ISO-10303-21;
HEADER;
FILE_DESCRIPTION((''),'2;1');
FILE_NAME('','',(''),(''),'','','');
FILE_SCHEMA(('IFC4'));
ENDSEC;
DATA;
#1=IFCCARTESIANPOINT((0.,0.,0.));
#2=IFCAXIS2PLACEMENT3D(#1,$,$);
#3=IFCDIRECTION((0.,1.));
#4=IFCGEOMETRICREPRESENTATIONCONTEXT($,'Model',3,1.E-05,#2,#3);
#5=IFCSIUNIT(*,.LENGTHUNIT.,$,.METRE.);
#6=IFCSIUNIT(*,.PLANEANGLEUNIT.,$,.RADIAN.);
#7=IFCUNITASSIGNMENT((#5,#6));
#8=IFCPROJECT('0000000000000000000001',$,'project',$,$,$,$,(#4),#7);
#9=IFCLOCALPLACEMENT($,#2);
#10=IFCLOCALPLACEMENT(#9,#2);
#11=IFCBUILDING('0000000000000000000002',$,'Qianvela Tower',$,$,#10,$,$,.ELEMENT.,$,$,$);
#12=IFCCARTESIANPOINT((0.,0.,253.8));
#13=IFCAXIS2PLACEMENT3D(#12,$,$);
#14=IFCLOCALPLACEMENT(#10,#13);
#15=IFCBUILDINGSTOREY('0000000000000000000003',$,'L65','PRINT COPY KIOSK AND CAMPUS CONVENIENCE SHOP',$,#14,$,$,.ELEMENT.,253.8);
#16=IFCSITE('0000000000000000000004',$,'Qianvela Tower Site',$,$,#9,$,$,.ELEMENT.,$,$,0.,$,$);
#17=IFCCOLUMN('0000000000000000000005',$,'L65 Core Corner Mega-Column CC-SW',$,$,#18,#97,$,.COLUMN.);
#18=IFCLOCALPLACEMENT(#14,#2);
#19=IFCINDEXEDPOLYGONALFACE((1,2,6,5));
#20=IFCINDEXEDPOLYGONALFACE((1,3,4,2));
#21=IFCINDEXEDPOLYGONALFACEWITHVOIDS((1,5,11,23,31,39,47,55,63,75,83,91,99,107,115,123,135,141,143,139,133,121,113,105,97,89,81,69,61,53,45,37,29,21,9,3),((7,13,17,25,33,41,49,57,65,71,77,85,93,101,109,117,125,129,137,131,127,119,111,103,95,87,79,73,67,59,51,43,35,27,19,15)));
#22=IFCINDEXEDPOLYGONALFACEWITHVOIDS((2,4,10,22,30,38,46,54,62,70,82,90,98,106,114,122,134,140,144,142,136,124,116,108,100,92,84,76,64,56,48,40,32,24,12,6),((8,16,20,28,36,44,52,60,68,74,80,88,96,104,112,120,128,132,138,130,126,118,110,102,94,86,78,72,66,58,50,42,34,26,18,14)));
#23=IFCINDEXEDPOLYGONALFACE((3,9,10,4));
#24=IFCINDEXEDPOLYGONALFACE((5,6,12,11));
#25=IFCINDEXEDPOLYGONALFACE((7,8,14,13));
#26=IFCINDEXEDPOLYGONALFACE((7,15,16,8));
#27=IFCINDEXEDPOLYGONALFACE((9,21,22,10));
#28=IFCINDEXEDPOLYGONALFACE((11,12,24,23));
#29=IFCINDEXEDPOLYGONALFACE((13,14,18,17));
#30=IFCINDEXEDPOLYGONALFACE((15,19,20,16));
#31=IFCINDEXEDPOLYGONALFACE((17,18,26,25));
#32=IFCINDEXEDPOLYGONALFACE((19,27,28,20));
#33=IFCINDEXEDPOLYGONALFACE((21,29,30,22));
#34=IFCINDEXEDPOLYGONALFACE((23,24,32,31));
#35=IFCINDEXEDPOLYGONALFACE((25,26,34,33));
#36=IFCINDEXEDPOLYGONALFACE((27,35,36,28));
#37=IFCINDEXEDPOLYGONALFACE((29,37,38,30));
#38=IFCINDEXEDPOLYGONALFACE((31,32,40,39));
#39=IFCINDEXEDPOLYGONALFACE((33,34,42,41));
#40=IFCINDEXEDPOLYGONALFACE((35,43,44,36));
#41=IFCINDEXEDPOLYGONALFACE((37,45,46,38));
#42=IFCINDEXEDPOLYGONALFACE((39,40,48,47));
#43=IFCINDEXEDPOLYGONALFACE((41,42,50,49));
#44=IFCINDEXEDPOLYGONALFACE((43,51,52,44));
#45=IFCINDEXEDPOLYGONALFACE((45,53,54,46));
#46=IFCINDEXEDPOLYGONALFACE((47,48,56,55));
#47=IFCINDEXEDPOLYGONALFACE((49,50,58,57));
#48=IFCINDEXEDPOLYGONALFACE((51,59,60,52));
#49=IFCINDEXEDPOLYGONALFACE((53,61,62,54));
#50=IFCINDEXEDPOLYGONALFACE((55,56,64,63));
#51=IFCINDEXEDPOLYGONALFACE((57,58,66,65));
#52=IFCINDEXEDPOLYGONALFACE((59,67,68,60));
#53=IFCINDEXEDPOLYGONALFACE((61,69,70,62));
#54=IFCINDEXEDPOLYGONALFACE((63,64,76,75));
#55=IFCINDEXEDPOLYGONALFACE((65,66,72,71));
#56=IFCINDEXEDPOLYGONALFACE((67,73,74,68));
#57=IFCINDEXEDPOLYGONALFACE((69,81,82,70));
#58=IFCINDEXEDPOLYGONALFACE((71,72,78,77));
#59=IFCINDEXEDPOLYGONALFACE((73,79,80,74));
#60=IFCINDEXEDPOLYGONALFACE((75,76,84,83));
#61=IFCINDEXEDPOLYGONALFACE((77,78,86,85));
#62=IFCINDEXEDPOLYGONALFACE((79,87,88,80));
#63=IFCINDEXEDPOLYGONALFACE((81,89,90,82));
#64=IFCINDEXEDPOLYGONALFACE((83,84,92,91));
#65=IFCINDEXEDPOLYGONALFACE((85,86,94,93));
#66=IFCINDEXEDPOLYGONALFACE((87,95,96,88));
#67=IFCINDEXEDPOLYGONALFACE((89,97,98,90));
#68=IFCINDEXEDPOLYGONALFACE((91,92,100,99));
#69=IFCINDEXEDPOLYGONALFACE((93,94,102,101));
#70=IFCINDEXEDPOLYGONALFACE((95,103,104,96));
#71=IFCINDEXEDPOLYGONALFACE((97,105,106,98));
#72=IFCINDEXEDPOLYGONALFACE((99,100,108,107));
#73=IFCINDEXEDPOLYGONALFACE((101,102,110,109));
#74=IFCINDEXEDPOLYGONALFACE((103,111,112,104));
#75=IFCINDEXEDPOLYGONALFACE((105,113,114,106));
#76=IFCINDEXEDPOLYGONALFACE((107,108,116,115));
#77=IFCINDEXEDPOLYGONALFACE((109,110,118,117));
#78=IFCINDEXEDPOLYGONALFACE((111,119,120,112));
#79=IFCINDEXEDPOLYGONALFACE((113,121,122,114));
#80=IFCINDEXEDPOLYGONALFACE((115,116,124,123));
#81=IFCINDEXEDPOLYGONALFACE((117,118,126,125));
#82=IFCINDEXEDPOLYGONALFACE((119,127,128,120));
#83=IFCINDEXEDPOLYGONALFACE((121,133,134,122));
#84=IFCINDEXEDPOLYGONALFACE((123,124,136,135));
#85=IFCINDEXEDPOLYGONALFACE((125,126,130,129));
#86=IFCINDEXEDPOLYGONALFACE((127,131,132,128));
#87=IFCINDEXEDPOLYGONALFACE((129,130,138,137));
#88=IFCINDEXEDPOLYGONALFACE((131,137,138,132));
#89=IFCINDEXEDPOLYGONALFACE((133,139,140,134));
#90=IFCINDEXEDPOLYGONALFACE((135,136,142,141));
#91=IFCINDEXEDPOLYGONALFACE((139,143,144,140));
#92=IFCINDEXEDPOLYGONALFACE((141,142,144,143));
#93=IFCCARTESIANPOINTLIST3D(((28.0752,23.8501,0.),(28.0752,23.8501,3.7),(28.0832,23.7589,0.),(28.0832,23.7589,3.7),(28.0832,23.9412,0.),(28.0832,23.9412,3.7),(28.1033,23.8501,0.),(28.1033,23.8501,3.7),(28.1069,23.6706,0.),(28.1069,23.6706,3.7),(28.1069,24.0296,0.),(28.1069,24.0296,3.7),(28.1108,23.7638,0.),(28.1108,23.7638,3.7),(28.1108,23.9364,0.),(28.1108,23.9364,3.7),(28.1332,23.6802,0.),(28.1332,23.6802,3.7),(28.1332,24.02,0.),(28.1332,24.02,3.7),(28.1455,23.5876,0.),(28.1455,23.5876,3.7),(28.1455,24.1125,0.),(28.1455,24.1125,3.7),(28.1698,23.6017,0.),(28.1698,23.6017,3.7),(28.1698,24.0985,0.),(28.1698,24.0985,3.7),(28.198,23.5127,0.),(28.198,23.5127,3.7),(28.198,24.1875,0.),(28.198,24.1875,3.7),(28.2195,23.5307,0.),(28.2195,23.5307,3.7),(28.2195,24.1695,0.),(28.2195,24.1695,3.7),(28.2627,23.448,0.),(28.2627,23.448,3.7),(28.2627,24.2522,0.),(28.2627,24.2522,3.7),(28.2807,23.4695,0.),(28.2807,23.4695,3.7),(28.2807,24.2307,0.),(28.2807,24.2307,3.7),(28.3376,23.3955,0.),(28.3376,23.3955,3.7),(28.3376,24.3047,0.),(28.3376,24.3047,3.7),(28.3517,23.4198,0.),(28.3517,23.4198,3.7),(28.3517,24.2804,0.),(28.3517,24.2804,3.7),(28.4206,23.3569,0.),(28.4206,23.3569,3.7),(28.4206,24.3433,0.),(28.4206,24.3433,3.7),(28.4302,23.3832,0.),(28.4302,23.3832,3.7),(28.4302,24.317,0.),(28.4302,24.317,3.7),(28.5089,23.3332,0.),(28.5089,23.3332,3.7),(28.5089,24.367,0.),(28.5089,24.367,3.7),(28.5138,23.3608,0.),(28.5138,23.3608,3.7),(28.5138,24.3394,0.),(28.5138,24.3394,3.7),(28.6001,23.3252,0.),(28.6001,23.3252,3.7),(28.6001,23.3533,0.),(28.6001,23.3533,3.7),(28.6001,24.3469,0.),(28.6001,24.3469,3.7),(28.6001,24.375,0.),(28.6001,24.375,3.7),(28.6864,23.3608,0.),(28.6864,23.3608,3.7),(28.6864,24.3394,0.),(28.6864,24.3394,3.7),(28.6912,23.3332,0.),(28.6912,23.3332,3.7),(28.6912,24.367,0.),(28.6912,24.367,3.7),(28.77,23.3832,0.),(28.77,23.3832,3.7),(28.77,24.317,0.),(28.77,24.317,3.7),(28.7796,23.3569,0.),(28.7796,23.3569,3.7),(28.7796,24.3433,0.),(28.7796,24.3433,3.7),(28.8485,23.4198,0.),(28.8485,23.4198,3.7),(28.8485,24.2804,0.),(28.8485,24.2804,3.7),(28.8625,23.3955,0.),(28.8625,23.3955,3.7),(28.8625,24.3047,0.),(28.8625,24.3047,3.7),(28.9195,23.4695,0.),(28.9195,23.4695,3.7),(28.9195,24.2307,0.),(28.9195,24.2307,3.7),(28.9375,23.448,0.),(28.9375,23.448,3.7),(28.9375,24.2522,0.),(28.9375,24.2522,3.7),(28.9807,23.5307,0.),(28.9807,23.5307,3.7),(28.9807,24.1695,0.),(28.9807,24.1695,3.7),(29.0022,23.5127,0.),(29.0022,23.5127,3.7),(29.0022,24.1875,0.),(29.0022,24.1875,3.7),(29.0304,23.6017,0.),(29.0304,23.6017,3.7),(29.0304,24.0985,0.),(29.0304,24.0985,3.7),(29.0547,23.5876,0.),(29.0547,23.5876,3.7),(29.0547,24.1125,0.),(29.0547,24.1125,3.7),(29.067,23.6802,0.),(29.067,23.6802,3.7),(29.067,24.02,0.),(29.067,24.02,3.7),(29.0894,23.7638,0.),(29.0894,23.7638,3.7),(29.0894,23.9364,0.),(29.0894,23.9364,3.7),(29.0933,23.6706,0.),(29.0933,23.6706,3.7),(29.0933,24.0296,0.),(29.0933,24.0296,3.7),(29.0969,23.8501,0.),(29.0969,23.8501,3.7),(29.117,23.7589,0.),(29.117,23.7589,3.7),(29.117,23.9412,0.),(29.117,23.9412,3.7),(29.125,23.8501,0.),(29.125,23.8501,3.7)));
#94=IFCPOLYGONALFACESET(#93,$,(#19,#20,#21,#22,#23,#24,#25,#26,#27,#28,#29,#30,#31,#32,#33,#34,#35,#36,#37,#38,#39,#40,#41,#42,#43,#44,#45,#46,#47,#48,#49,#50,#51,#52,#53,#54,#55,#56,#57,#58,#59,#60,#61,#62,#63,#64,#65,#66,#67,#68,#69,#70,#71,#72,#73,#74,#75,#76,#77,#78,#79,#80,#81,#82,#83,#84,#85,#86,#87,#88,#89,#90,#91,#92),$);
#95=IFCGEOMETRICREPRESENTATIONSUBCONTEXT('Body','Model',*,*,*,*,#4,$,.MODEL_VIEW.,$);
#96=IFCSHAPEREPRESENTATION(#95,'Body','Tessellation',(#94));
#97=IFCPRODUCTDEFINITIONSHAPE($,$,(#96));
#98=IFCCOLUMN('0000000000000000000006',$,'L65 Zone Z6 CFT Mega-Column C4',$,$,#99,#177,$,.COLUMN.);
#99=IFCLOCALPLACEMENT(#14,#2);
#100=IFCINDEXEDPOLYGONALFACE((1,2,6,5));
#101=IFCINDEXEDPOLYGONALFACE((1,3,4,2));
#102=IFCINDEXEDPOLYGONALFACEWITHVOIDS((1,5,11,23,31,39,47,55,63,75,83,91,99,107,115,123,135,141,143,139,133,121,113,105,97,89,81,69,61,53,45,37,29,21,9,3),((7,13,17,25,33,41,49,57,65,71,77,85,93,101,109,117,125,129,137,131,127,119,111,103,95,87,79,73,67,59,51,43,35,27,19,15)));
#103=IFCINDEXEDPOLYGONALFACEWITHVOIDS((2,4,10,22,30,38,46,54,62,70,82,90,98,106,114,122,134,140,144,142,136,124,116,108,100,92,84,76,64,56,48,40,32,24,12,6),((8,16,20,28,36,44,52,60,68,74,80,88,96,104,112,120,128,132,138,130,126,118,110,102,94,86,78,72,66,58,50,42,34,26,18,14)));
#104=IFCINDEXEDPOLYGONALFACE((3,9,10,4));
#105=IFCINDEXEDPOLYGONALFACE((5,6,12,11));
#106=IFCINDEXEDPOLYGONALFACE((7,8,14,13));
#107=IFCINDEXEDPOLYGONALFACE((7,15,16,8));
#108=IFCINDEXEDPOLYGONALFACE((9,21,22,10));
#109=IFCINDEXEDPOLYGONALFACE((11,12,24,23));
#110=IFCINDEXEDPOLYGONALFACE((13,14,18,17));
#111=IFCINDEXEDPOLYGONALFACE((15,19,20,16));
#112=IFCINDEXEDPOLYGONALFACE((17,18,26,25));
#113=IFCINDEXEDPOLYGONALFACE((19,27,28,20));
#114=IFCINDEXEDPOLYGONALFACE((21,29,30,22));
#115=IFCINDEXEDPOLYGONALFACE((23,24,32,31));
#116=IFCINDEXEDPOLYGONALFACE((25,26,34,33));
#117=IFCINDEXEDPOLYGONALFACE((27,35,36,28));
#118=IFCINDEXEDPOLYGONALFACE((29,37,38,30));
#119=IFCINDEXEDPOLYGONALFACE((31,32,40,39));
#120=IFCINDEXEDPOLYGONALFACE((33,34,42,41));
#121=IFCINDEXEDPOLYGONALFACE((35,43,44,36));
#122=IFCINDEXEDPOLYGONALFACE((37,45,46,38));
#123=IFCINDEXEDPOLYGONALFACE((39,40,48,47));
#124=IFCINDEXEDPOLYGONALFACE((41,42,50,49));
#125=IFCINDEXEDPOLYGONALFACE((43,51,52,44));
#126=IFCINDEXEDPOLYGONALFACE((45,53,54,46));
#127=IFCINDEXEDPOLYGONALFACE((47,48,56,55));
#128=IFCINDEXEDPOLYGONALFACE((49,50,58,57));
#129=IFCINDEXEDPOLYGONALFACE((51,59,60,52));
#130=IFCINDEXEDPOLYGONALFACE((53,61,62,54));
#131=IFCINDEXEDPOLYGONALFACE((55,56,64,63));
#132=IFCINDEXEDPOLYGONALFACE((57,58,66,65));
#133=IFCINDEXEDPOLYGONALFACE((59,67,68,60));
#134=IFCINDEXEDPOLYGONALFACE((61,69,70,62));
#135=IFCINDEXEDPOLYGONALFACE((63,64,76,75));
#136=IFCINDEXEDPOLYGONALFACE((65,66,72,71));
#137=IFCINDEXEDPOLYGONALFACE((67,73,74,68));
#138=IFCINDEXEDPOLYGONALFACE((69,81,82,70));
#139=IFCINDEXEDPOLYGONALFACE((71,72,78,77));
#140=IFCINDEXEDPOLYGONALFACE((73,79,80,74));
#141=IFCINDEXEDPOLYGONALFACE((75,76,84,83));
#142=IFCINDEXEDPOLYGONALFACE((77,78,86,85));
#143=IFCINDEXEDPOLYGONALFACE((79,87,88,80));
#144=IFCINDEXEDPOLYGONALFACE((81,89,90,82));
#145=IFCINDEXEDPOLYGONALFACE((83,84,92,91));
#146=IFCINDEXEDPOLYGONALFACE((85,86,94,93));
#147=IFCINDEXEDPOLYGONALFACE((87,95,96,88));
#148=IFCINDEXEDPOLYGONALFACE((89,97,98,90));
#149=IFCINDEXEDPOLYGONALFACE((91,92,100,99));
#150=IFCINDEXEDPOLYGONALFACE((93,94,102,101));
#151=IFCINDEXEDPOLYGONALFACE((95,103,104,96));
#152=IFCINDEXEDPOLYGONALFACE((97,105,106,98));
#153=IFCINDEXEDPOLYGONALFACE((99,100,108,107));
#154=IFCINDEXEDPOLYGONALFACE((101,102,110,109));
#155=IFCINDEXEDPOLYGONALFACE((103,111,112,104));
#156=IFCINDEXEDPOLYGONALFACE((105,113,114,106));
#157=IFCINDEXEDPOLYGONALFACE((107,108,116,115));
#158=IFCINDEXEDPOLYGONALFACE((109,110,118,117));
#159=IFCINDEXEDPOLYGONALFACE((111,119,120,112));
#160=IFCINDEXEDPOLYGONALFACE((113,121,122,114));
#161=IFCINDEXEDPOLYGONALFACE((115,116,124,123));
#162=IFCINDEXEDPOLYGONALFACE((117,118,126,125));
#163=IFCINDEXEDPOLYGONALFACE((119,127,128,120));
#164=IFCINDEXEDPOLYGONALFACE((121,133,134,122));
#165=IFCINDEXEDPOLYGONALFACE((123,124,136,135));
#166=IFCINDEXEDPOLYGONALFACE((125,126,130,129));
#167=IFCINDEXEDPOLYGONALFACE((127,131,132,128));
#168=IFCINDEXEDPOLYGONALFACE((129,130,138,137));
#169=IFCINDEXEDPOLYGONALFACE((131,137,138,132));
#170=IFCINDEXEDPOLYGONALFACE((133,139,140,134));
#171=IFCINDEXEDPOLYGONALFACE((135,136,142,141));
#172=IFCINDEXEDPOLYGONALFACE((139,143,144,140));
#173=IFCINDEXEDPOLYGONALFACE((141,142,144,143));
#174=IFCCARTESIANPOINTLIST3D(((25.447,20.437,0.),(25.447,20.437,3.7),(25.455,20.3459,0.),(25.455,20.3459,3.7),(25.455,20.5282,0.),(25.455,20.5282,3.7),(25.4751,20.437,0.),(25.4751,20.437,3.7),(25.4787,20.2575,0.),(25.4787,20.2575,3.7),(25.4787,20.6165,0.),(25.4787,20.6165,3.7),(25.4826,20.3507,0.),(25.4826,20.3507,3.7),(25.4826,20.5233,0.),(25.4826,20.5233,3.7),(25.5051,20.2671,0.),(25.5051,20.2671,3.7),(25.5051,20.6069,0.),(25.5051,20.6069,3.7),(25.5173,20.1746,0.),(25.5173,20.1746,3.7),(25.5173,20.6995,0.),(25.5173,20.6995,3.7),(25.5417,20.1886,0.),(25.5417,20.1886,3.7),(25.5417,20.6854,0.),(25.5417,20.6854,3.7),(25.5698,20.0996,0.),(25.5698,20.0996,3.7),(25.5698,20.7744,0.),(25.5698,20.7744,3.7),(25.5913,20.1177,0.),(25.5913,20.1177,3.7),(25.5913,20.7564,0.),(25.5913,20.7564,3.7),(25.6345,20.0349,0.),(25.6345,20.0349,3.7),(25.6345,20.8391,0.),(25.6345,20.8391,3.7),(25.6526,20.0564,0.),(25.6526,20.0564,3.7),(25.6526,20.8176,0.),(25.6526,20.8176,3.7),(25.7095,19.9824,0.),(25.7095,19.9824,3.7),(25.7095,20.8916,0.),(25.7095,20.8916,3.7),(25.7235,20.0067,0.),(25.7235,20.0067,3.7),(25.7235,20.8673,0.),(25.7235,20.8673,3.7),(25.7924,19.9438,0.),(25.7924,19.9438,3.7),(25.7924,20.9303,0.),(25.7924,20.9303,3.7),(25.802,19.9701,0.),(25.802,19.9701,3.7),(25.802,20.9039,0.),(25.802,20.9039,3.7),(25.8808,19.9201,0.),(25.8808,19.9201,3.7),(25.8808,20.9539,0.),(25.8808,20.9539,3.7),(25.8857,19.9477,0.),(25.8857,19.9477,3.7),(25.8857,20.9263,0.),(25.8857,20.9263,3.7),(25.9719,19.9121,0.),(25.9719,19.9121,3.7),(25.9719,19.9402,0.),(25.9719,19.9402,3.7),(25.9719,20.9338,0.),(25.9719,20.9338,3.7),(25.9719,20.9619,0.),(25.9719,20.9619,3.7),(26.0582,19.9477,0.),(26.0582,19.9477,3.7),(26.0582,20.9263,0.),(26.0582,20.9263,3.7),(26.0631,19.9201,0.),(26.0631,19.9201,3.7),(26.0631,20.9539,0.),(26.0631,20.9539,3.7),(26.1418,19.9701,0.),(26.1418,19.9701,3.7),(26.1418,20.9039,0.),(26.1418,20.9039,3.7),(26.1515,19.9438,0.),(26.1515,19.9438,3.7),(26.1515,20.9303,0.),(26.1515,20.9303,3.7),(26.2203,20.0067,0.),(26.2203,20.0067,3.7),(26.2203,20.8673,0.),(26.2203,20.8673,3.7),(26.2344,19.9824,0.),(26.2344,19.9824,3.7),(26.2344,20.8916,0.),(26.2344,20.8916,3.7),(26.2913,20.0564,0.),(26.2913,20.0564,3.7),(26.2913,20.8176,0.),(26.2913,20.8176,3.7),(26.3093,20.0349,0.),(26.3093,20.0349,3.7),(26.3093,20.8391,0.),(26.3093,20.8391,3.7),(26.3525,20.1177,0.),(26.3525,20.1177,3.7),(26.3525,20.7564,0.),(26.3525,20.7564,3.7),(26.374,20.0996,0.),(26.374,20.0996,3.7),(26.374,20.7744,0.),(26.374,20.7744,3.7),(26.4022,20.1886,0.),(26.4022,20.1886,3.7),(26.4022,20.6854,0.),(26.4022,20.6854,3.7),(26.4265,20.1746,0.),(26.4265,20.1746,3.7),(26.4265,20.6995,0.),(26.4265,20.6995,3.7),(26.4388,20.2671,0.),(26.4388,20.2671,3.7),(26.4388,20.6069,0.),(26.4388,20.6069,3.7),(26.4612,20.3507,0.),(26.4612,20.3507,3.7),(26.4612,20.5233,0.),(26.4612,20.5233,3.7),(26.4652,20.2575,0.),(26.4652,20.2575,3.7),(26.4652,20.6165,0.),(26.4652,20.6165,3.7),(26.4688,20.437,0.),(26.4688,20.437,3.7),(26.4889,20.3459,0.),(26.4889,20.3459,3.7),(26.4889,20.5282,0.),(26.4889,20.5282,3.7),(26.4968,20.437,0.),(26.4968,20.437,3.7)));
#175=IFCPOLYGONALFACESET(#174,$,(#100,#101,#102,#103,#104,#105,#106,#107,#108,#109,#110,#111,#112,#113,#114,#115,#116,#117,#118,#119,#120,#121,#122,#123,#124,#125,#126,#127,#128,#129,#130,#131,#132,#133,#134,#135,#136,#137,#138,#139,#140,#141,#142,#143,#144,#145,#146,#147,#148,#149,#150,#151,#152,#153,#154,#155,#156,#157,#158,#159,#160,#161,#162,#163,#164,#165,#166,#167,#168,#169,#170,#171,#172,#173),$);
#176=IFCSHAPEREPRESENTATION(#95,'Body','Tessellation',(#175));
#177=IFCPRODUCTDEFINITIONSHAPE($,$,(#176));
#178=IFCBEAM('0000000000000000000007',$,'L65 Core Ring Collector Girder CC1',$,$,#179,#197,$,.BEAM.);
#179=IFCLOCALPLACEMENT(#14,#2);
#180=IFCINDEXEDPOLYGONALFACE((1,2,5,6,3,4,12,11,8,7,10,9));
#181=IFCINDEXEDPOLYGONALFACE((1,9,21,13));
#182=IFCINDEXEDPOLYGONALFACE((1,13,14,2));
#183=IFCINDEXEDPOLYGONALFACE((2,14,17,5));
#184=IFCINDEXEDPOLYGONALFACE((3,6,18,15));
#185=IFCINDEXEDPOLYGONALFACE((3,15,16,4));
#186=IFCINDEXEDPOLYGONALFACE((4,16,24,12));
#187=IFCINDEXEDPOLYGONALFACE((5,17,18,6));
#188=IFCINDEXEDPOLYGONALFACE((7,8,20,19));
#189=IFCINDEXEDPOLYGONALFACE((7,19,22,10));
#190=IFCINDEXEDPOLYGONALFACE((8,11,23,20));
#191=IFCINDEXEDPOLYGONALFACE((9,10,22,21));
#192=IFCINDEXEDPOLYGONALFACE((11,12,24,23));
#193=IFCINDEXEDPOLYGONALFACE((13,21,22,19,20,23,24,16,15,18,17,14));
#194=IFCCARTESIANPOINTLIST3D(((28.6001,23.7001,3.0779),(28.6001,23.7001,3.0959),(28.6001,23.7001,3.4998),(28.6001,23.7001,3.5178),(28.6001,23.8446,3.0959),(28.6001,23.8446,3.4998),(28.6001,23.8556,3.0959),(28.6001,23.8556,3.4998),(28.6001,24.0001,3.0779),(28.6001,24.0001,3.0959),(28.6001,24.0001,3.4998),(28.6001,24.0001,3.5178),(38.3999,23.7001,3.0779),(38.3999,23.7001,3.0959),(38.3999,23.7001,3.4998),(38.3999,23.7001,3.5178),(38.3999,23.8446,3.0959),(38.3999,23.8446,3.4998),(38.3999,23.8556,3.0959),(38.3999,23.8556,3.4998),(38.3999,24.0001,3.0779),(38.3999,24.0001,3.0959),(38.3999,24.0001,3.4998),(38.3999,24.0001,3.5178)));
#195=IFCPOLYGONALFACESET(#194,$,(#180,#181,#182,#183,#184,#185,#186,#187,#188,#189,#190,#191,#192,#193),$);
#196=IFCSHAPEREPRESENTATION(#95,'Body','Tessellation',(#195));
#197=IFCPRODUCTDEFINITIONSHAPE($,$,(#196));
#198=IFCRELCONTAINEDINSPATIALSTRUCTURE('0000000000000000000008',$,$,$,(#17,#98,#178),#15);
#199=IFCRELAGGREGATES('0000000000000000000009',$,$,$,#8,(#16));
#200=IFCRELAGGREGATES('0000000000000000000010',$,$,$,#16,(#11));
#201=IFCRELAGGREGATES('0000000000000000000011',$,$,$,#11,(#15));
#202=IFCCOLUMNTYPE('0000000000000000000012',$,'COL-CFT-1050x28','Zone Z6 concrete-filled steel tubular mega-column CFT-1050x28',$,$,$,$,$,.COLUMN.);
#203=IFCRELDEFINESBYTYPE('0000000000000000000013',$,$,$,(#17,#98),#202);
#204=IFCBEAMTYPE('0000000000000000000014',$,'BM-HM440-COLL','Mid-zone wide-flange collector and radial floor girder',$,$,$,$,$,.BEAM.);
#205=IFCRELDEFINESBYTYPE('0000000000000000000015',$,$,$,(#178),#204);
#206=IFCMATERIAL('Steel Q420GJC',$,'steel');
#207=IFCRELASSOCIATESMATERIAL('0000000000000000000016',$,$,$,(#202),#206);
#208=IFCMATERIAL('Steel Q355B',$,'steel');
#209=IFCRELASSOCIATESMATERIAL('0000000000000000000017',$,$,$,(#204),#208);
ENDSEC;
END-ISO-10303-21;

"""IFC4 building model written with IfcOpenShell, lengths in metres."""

from ifc_helpers import new_model, si_unit, direction, frame, origin, origin_2d, place, context, subcontext, project, spatial, hollow_circle, i_section, extrude, material, material_profile, profile_set, type_object, element, save


model = new_model("IFC4")

# Units and contexts
model_context = context("Model", 3, precision=1e-05, world=origin(), true_north=direction((0.0, 1.0)))
body_context = subcontext(model_context, "Body", "Model", "MODEL_VIEW")
ifc_project = project(units=[si_unit("LENGTHUNIT", "METRE"), si_unit("PLANEANGLEUNIT", "RADIAN")], contexts=[model_context])

# Site, building, storey
site_placement = place(None, origin())
site = spatial("IfcSite", under=ifc_project, at=site_placement, Name="Qianvela Tower Site", CompositionType="ELEMENT", RefElevation=0.0)
building_placement = place(site_placement, origin())
building = spatial("IfcBuilding", under=site, at=building_placement, Name="Qianvela Tower", CompositionType="ELEMENT")
storey_placement = place(building_placement, frame((0.0, 0.0, 253.8)))
storey = spatial("IfcBuildingStorey", under=building, at=storey_placement, Name="L65", Description="PRINT COPY KIOSK AND CAMPUS CONVENIENCE SHOP", CompositionType="ELEMENT", Elevation=253.8)

# Columns
ifc_material_1 = material(Name="Steel Q420GJC", Category="steel")
ifc_material_profile_1 = material_profile(ifc_material_1, hollow_circle(Radius=0.5249, WallThickness=0.0281, at=origin_2d()), Name="CFT-1050x28")
ifc_profile_set_1 = profile_set([ifc_material_profile_1], Name="Steel Q420GJC")
column_type = type_object("IfcColumnType", Name="COL-CFT-1050x28", Description="Zone Z6 concrete-filled steel tubular mega-column CFT-1050x28", PredefinedType="COLUMN", material=ifc_profile_set_1)
for number, where, z_axis, x_axis, name in (
    (1, (28.6001, 23.8501, 0.0), (0.0, 0.0, 1.0), (1.0, 0.0, 0.0), "L65 Core Corner Mega-Column CC-SW"),
    (2, (25.9719, 20.437, 0.0), (0.0, 0.0, 1.0), (1.0, 0.0, 0.0), "L65 Zone Z6 CFT Mega-Column C4"),
):
    element("IfcColumn", number, at=place(storey_placement, frame(where, z_axis=z_axis, x_axis=x_axis)), inside=storey, type_object=column_type, Name=name, PredefinedType="COLUMN", context=body_context, shape_type="SweptSolid", body=[
        extrude(hollow_circle(Radius=0.5249, WallThickness=0.0281, at=origin_2d()), origin(), (0.0, 0.0, 1.0), 3.7),
    ])

# Beam
ifc_material_2 = material(Name="Steel Q355B", Category="steel")
ifc_material_profile_2 = material_profile(ifc_material_2, i_section(OverallWidth=0.3, OverallDepth=0.4399, WebThickness=0.011, FlangeThickness=0.0181, at=origin_2d()), Name="HM440x300x11x18")
ifc_profile_set_2 = profile_set([ifc_material_profile_2], Name="Steel Q355B")
beam_type_1 = type_object("IfcBeamType", Name="BM-HM440-COLL", Description="Mid-zone wide-flange collector and radial floor girder", PredefinedType="BEAM", material=ifc_profile_set_2)
beam_1_placement = place(storey_placement, frame((28.6001, 23.8501, 3.2979), z_axis=(1.0, 0.0, 0.0), x_axis=(0.0, 1.0, 0.0)))
element("IfcBeam", 3, at=beam_1_placement, inside=storey, type_object=beam_type_1, Name="L65 Core Ring Collector Girder CC1", PredefinedType="BEAM", context=body_context, shape_type="SweptSolid", body=[
    extrude(i_section(OverallWidth=0.3, OverallDepth=0.4399, WebThickness=0.011, FlangeThickness=0.0181, at=origin_2d()), origin(), (0.0, 0.0, 1.0), 9.7998),
])

save(model, "model.ifc")
